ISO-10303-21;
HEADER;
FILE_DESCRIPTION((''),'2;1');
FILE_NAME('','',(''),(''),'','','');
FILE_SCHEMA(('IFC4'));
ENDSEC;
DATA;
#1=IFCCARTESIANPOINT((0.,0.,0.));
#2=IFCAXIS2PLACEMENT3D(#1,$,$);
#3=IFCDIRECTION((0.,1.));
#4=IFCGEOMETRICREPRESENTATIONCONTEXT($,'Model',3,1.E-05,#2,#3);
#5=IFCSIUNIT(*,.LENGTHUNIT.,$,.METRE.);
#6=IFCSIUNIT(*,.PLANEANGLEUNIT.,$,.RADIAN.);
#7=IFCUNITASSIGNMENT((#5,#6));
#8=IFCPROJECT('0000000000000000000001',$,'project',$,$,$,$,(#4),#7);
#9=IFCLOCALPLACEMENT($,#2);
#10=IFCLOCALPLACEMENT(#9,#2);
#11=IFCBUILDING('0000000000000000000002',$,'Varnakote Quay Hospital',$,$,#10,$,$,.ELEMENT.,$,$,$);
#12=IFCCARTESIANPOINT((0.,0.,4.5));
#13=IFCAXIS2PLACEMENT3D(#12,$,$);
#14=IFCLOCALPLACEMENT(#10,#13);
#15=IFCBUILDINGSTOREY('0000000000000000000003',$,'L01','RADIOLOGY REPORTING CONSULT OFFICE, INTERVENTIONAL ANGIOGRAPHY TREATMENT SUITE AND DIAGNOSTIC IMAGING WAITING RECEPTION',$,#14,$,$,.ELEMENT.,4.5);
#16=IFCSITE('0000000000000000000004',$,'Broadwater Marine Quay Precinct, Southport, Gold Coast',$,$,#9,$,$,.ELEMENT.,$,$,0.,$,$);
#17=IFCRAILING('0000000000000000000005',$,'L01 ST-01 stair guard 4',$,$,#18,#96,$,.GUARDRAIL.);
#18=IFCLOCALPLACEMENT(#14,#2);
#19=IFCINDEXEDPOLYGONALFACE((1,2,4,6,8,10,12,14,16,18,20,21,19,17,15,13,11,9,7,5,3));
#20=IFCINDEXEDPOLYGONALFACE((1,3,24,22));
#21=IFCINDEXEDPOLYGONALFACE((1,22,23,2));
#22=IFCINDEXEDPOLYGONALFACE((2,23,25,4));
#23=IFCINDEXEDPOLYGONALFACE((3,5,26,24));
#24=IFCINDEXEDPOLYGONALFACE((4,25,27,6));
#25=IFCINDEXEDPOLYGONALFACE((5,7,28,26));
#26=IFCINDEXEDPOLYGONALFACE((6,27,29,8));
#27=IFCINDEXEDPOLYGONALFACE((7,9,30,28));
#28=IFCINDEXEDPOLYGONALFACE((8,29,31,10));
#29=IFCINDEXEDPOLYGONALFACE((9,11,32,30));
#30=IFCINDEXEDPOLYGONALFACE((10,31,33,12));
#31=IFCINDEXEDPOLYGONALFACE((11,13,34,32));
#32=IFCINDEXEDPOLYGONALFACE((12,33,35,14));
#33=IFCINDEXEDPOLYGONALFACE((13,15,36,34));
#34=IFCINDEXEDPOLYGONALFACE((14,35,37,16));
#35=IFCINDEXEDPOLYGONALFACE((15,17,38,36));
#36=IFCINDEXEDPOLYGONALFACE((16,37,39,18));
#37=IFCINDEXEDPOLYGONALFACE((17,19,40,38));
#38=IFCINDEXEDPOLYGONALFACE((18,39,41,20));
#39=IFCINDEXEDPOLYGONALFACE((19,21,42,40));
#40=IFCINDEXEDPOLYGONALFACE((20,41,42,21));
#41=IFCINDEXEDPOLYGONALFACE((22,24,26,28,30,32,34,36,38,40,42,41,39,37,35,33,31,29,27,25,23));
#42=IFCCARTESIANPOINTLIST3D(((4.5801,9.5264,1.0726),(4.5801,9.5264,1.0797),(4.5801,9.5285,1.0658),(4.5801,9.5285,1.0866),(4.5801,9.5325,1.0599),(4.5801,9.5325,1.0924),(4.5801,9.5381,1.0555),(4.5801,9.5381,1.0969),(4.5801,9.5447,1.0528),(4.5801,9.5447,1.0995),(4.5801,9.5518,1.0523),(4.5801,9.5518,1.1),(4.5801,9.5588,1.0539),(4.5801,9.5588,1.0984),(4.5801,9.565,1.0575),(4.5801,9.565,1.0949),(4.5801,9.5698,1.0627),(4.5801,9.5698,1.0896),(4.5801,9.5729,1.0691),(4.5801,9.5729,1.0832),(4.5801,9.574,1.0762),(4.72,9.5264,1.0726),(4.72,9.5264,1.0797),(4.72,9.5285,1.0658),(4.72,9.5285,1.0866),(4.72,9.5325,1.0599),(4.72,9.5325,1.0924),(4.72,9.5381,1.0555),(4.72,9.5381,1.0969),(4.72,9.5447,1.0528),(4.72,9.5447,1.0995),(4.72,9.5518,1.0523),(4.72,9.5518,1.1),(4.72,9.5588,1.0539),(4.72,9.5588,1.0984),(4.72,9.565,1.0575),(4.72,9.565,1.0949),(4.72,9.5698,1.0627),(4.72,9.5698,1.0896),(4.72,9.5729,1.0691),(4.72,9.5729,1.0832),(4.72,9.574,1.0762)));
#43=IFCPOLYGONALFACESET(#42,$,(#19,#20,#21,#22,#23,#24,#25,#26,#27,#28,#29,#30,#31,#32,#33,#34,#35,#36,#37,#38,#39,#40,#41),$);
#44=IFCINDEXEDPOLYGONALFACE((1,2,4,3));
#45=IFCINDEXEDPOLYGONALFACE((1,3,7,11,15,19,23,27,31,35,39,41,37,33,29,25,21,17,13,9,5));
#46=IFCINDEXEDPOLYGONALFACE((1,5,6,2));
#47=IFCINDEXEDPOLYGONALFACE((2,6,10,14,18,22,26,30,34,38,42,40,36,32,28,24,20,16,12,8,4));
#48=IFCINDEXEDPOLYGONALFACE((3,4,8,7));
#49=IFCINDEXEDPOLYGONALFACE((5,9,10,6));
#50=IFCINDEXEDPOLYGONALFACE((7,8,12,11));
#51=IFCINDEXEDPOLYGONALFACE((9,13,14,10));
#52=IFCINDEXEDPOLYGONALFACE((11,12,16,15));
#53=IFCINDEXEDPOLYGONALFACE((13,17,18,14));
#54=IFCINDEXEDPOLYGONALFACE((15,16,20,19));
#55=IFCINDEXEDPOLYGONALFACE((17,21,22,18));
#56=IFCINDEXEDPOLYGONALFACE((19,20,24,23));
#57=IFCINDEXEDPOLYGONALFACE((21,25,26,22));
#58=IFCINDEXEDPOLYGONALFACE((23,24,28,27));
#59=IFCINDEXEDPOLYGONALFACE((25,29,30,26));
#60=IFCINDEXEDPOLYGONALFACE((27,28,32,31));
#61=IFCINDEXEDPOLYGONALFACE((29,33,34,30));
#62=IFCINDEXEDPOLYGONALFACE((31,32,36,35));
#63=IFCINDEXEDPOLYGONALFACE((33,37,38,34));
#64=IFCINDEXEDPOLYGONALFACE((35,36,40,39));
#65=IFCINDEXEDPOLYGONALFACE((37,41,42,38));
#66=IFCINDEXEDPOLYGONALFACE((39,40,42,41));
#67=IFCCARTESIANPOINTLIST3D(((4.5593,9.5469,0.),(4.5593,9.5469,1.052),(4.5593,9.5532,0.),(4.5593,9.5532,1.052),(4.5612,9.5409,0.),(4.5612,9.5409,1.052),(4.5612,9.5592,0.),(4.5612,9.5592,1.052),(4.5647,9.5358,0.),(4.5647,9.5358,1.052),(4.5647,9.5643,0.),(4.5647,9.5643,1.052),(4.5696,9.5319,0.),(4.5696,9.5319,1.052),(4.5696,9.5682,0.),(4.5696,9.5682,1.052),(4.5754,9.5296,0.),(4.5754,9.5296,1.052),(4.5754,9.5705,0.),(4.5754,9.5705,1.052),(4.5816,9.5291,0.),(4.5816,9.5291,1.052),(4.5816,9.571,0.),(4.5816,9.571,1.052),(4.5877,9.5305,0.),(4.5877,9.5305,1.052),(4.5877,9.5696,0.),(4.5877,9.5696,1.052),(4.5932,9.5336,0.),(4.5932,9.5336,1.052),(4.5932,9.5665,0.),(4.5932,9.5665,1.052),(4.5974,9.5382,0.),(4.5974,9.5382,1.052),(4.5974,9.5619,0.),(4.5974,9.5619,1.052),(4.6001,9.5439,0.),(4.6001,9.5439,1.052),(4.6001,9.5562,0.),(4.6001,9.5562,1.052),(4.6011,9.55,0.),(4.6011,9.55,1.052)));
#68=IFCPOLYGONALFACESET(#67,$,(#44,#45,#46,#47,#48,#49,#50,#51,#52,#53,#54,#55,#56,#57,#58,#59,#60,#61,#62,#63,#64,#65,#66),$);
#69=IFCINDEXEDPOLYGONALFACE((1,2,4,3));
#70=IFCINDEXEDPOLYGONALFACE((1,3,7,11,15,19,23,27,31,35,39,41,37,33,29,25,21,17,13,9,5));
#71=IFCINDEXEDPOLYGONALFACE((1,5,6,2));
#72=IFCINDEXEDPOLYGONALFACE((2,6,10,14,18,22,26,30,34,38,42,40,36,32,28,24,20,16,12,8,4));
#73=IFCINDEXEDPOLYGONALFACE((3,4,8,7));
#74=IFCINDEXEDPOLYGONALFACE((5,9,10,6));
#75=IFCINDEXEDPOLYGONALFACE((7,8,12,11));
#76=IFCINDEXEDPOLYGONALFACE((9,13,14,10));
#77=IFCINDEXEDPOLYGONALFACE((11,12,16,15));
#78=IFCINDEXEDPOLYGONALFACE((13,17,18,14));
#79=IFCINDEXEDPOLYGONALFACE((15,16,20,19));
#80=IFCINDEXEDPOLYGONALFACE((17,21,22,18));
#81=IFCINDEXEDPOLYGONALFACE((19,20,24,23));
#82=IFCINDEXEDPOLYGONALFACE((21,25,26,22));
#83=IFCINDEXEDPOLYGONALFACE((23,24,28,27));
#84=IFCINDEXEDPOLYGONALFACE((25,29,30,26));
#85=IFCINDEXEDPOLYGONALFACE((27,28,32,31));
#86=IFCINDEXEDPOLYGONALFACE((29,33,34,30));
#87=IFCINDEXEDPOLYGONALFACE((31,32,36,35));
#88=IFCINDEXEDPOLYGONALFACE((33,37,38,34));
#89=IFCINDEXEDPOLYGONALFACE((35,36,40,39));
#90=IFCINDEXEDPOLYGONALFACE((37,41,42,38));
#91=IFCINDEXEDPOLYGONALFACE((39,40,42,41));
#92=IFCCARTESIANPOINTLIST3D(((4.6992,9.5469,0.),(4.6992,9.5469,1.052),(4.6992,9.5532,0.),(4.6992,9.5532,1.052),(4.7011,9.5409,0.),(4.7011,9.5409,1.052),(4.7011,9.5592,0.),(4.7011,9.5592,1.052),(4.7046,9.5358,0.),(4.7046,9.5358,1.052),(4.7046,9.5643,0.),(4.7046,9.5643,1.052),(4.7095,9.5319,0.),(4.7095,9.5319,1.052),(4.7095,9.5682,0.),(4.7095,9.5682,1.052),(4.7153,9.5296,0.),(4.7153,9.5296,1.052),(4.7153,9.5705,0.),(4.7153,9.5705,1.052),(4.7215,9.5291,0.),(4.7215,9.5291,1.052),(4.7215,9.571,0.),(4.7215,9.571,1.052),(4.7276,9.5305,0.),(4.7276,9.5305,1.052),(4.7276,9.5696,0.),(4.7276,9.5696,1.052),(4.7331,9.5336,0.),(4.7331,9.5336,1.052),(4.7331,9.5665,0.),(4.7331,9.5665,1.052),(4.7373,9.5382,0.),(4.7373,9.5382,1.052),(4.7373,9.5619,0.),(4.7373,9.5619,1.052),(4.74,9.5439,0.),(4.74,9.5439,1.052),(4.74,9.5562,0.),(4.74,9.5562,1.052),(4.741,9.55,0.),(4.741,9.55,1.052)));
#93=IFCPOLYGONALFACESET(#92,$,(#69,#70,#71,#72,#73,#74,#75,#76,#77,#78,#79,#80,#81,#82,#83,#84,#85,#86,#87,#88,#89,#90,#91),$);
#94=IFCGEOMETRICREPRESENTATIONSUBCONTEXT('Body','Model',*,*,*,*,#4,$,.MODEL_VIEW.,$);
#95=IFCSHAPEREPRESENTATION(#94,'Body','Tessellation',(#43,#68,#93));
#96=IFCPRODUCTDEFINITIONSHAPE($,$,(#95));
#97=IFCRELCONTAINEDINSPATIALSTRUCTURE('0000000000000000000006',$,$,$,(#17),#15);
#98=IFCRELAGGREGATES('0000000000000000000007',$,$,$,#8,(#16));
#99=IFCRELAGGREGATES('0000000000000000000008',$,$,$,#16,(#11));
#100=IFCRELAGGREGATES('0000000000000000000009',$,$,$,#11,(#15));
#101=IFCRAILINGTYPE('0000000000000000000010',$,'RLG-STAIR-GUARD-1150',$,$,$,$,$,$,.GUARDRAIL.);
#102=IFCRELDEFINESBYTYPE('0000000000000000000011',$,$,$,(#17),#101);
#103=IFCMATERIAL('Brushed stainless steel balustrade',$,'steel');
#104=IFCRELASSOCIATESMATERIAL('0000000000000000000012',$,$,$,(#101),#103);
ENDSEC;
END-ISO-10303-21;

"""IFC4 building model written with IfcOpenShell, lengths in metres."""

from ifc_helpers import new_model, si_unit, direction, frame, origin, origin_2d, place, context, subcontext, project, spatial, circle, extrude, material, type_object, element, save


model = new_model("IFC4")

# Units and contexts
model_context = context("Model", 3, precision=1e-05, world=origin(), true_north=direction((0.0, 1.0)))
body_context = subcontext(model_context, "Body", "Model", "MODEL_VIEW")
ifc_project = project(units=[si_unit("LENGTHUNIT", "METRE"), si_unit("PLANEANGLEUNIT", "RADIAN")], contexts=[model_context])

# Site, building, storey
site_placement = place(None, origin())
site = spatial("IfcSite", under=ifc_project, at=site_placement, Name="Broadwater Marine Quay Precinct, Southport, Gold Coast", CompositionType="ELEMENT", RefElevation=0.0)
building_placement = place(site_placement, origin())
building = spatial("IfcBuilding", under=site, at=building_placement, Name="Varnakote Quay Hospital", CompositionType="ELEMENT")
storey_placement = place(building_placement, frame((0.0, 0.0, 4.5)))
storey = spatial("IfcBuildingStorey", under=building, at=storey_placement, Name="L01", Description="RADIOLOGY REPORTING CONSULT OFFICE, INTERVENTIONAL ANGIOGRAPHY TREATMENT SUITE AND DIAGNOSTIC IMAGING WAITING RECEPTION", CompositionType="ELEMENT", Elevation=4.5)

# Railing
ifc_material_1 = material(Name="Brushed stainless steel balustrade", Category="steel")
railing_type_1 = type_object("IfcRailingType", Name="RLG-STAIR-GUARD-1150", PredefinedType="GUARDRAIL", material=ifc_material_1)
railing_1_placement = place(storey_placement, frame((4.5801, 9.55, 0.0)))
element("IfcRailing", 1, at=railing_1_placement, inside=storey, type_object=railing_type_1, Name="L01 ST-01 stair guard 4", PredefinedType="GUARDRAIL", context=body_context, shape_type="SweptSolid", body=[
    extrude(circle(Radius=0.0239, at=origin_2d()), frame((0.0, 0.0, 1.0762), z_axis=(1.0, 0.0, 0.0), x_axis=(0.0, 1.0, 0.0)), (0.0, 0.0, 1.0), 0.1399),
    extrude(circle(Radius=0.021, at=origin_2d()), origin(), (0.0, 0.0, 1.0), 1.052),
    extrude(circle(Radius=0.021, at=origin_2d()), frame((0.1399, 0.0, 0.0)), (0.0, 0.0, 1.0), 1.052),
])

save(model, "model.ifc")
